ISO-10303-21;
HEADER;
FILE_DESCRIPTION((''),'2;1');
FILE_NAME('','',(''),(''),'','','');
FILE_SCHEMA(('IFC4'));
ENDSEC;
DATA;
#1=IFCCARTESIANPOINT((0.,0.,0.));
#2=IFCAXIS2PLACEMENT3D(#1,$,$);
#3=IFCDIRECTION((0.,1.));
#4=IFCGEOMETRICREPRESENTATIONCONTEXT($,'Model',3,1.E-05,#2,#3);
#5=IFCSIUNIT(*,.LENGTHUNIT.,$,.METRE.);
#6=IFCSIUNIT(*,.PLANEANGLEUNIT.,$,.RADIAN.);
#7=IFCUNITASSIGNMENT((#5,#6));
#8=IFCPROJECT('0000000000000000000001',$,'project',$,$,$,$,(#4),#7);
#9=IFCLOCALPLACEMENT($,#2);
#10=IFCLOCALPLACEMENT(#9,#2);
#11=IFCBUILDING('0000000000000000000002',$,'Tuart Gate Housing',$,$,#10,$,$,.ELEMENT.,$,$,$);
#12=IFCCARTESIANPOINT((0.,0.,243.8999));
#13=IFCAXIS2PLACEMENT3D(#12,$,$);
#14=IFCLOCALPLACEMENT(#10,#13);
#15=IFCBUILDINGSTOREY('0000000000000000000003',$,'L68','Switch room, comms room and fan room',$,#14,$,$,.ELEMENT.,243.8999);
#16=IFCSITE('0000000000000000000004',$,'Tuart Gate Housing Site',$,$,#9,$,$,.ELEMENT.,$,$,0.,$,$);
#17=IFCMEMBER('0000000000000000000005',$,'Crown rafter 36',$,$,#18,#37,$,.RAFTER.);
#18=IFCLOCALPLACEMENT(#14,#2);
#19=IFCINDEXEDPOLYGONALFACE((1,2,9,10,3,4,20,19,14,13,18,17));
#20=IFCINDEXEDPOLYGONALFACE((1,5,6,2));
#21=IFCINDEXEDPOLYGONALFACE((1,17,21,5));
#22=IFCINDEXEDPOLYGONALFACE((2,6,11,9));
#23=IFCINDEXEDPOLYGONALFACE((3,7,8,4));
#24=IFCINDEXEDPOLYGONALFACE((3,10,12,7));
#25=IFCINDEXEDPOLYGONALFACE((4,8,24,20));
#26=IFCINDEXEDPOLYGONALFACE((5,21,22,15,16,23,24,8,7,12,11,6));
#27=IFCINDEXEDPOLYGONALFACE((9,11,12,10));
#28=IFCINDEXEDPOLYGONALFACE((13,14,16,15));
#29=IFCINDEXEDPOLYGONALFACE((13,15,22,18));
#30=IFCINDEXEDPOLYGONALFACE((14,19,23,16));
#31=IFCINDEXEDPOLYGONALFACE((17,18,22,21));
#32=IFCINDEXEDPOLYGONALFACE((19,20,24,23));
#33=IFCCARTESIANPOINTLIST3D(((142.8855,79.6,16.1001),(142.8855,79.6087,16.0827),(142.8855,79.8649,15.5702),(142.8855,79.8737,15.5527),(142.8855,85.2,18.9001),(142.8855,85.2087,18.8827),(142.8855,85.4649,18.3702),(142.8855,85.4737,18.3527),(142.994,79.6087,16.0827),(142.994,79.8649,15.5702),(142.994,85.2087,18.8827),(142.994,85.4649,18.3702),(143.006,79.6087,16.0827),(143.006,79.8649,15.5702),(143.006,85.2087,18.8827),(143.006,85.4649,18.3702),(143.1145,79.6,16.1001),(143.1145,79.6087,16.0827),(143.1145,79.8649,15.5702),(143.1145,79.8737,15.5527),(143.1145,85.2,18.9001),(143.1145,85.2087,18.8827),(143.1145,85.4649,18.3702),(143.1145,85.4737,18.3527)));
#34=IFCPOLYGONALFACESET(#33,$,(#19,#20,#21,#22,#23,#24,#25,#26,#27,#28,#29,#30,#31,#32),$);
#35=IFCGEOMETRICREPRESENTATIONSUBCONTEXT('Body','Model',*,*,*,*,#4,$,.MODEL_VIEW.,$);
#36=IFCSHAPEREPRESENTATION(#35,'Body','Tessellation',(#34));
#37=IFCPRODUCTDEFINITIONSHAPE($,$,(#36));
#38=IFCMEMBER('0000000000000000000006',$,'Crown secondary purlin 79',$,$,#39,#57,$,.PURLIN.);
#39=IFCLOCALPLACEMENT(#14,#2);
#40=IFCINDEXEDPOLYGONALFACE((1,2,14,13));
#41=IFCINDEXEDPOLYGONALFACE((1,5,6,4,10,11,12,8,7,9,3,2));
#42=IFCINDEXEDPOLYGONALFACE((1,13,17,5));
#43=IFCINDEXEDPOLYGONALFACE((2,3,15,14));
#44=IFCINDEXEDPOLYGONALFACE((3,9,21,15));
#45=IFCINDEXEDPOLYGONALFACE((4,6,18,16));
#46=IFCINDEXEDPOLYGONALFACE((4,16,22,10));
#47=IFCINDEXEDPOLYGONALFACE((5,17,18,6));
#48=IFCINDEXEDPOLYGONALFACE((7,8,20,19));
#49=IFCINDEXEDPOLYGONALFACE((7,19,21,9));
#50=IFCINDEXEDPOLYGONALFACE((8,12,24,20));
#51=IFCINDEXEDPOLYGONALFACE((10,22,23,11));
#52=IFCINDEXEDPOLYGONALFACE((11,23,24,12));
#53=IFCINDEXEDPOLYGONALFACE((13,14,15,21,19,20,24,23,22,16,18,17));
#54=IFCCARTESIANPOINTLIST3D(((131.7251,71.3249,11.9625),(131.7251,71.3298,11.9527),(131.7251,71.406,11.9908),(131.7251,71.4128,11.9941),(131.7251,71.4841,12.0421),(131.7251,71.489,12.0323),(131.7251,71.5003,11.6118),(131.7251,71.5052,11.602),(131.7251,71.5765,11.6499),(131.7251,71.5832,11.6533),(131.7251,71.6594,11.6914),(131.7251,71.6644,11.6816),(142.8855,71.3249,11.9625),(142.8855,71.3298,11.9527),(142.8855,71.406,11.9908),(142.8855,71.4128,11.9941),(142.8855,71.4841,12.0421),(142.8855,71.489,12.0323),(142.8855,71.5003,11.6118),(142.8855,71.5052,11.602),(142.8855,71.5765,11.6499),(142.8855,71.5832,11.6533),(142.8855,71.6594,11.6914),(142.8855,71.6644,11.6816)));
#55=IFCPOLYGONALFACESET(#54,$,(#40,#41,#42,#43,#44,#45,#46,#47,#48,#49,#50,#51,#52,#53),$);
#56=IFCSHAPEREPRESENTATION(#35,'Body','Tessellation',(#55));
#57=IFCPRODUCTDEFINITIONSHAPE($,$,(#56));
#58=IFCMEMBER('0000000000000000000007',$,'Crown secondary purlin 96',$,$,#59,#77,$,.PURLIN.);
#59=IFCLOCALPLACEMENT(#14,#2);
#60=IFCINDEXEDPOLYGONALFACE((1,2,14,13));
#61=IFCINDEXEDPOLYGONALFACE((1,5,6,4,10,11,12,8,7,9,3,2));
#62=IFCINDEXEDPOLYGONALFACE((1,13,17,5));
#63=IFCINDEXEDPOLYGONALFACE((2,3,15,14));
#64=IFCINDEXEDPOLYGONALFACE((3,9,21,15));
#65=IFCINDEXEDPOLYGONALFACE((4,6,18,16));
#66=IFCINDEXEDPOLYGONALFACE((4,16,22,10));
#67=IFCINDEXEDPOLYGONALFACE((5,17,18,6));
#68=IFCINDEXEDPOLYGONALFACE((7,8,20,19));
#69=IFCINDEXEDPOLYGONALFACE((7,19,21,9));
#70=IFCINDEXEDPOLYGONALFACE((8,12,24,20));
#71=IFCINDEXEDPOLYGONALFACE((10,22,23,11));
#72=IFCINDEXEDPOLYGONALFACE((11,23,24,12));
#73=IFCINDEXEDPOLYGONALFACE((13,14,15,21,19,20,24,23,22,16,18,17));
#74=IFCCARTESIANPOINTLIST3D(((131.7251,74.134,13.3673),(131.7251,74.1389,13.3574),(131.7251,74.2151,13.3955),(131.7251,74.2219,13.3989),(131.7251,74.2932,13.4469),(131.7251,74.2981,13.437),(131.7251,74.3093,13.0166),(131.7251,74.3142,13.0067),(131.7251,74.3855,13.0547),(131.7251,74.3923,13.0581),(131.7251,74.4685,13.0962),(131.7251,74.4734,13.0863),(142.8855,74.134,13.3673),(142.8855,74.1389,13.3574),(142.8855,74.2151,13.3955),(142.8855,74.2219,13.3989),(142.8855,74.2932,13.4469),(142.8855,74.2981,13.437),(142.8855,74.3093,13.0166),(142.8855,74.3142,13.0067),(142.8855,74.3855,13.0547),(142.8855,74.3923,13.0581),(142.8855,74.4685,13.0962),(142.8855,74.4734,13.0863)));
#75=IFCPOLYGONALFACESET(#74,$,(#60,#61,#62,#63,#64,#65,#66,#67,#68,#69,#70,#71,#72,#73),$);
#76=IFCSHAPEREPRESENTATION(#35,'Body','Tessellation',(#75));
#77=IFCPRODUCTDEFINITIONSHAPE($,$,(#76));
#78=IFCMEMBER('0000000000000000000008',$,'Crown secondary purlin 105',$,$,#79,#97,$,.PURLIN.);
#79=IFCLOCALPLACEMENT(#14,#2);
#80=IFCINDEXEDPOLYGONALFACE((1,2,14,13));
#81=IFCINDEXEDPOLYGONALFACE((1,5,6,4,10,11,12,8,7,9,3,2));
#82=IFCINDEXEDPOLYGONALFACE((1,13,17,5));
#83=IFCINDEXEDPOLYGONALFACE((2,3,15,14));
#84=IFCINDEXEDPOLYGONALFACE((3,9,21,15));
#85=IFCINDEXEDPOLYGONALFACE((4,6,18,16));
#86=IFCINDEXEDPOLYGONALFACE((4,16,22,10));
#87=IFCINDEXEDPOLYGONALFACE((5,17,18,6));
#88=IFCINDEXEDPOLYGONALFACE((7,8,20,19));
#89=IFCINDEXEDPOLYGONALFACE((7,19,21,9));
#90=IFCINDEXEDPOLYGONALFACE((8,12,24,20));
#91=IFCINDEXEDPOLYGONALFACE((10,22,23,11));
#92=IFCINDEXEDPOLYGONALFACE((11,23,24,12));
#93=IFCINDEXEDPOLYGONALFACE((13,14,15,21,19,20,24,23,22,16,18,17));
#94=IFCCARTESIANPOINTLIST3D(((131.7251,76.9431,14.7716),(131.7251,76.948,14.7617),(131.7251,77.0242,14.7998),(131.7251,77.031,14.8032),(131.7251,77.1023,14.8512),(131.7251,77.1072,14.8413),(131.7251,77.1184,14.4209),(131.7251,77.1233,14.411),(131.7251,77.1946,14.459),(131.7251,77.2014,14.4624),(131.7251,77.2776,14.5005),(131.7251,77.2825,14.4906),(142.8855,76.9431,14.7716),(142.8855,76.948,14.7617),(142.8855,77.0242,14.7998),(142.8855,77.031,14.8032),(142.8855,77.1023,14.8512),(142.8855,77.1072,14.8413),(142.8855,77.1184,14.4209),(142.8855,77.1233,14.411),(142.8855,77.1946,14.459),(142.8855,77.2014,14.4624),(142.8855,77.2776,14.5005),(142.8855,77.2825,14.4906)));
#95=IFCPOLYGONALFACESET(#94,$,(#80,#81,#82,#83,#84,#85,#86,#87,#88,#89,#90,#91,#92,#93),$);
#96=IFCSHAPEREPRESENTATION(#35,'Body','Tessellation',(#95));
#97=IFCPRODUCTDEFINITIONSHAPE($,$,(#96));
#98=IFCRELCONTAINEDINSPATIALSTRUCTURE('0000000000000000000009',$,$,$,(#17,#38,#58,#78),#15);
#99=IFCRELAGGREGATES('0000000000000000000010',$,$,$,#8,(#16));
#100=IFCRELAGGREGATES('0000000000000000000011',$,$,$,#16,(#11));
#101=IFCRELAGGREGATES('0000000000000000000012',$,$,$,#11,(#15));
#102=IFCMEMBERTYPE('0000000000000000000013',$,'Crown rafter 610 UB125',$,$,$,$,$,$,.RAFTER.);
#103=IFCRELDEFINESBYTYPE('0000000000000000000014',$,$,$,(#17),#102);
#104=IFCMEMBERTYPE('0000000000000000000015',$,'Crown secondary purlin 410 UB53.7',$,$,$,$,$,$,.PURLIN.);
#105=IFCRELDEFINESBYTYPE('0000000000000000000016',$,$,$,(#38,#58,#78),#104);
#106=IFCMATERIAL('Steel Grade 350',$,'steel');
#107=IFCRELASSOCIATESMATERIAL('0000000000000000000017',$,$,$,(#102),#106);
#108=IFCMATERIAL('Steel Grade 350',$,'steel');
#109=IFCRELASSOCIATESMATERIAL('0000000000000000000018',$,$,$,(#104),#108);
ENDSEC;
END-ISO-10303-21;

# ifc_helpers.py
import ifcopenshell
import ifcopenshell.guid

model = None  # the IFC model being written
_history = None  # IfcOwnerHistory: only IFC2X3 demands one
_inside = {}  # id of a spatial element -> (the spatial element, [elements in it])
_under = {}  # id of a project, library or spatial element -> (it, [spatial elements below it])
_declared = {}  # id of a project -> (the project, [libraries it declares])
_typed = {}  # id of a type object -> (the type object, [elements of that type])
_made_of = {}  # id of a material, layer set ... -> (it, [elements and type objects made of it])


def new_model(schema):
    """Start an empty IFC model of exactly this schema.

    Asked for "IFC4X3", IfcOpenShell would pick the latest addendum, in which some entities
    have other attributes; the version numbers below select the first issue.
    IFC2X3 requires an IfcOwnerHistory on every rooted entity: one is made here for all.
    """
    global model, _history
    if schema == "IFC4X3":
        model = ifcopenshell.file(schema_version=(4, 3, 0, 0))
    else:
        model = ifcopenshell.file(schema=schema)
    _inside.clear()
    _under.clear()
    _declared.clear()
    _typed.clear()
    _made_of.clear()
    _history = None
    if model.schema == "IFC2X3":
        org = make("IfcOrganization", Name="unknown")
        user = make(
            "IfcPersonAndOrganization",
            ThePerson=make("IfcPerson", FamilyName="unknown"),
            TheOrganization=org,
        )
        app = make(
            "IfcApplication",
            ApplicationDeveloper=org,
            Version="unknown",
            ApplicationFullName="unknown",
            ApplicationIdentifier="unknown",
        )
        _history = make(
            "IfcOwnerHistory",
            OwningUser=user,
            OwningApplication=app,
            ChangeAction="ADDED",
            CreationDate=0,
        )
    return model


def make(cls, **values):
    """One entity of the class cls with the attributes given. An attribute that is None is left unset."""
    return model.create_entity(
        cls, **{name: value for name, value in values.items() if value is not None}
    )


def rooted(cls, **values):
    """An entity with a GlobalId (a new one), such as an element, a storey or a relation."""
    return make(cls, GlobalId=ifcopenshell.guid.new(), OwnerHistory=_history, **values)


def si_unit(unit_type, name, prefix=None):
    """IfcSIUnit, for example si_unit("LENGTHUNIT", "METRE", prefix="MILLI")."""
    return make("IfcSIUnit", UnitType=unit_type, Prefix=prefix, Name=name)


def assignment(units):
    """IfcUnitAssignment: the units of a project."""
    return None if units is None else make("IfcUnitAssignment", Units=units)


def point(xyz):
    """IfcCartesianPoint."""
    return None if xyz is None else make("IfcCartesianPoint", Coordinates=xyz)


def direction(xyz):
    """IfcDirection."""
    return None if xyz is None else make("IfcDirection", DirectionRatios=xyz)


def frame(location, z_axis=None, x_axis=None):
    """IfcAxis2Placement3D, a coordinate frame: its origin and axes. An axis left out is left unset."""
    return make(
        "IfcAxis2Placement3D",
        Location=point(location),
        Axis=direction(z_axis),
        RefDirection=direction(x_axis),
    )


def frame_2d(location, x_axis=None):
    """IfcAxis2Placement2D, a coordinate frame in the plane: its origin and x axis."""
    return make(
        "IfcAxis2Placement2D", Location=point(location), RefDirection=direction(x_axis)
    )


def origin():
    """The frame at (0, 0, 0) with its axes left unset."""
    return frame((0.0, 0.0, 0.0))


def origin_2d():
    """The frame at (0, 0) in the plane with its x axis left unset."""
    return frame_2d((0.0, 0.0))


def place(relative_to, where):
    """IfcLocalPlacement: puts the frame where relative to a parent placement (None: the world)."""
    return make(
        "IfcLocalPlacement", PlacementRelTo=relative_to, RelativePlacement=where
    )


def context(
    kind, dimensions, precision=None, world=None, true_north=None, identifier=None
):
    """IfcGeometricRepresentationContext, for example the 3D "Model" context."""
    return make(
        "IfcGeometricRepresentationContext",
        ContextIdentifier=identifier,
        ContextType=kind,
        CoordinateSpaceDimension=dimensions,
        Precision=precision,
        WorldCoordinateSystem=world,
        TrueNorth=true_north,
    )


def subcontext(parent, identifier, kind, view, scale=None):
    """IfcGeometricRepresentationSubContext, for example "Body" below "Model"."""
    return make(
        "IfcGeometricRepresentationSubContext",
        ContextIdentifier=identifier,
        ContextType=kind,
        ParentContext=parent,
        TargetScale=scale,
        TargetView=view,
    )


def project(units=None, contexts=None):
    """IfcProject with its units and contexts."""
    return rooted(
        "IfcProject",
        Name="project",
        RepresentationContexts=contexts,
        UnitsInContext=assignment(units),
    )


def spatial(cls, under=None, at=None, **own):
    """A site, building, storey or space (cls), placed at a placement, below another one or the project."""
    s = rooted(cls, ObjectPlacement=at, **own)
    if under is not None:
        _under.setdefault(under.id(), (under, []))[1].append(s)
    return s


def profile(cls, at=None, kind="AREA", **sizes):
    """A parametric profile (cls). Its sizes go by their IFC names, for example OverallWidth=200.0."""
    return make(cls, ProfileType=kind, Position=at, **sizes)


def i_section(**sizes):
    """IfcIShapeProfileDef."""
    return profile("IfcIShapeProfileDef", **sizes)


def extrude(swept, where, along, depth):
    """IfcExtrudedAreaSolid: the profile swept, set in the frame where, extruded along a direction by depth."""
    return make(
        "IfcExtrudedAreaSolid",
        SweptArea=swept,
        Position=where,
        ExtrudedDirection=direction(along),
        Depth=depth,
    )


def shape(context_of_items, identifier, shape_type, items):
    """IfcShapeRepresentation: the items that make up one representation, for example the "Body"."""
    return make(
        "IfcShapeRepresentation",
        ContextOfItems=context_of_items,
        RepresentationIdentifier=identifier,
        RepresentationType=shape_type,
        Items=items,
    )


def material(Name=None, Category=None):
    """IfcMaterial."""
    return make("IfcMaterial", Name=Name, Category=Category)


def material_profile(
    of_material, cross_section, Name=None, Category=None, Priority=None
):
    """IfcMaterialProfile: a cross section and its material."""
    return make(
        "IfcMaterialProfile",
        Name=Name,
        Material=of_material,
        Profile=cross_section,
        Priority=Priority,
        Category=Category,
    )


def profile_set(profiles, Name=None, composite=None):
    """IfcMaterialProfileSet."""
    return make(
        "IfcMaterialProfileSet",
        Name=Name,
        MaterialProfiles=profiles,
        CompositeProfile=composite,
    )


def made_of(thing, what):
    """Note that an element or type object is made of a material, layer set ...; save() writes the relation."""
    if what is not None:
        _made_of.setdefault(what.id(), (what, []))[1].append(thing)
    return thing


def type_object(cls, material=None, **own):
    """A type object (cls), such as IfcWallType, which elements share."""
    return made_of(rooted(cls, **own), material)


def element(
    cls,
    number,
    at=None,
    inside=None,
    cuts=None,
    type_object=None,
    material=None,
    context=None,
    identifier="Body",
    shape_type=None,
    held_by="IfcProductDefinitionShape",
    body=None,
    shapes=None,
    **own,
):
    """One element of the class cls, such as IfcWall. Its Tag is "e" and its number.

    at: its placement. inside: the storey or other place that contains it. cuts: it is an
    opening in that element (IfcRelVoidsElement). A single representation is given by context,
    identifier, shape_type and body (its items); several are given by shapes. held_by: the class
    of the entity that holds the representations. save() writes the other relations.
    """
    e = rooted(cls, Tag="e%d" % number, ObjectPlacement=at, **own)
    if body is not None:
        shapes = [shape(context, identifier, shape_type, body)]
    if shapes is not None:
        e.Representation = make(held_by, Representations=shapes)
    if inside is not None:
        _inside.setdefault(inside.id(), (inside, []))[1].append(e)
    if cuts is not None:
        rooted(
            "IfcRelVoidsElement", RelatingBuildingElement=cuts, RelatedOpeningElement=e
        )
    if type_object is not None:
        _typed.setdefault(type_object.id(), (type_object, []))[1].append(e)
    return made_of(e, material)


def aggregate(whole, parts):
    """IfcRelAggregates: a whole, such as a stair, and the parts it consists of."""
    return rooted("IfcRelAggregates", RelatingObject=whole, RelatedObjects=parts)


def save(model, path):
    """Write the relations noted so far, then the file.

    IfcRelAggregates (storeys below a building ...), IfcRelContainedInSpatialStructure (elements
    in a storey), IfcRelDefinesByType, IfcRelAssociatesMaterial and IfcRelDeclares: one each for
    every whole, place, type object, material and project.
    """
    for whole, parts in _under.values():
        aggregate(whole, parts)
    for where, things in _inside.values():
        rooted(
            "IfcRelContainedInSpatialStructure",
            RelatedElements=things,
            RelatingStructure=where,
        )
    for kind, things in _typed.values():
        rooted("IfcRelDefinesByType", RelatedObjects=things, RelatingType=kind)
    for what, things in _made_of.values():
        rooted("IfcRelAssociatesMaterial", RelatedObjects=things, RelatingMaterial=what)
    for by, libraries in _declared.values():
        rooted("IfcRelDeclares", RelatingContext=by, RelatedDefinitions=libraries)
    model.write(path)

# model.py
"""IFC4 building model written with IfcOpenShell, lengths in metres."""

from ifc_helpers import new_model, si_unit, direction, frame, origin, origin_2d, place, context, subcontext, project, spatial, i_section, extrude, material, material_profile, profile_set, type_object, element, save


model = new_model("IFC4")

# Units and contexts
model_context = context("Model", 3, precision=1e-05, world=origin(), true_north=direction((0.0, 1.0)))
body_context = subcontext(model_context, "Body", "Model", "MODEL_VIEW")
ifc_project = project(units=[si_unit("LENGTHUNIT", "METRE"), si_unit("PLANEANGLEUNIT", "RADIAN")], contexts=[model_context])

# Site, building, storey
site_placement = place(None, origin())
site = spatial("IfcSite", under=ifc_project, at=site_placement, Name="Tuart Gate Housing Site", CompositionType="ELEMENT", RefElevation=0.0)
building_placement = place(site_placement, origin())
building = spatial("IfcBuilding", under=site, at=building_placement, Name="Tuart Gate Housing", CompositionType="ELEMENT")
storey_placement = place(building_placement, frame((0.0, 0.0, 243.8999)))
storey = spatial("IfcBuildingStorey", under=building, at=storey_placement, Name="L68", Description="Switch room, comms room and fan room", CompositionType="ELEMENT", Elevation=243.8999)

# Members
ifc_material_1 = material(Name="Steel Grade 350", Category="steel")
ifc_material_profile_1 = material_profile(ifc_material_1, i_section(OverallWidth=0.229, OverallDepth=0.6121, WebThickness=0.012, FlangeThickness=0.0195, at=origin_2d()), Name="610UB125")
ifc_profile_set_1 = profile_set([ifc_material_profile_1], Name="Steel Grade 350")
member_type_1 = type_object("IfcMemberType", Name="Crown rafter 610 UB125", PredefinedType="RAFTER", material=ifc_profile_set_1)
member_placement = place(storey_placement, frame((143.0, 79.7368, 15.8264), z_axis=(0.0, 0.894427, 0.447214), x_axis=(-1.0, 0.0, 0.0)))
element("IfcMember", 1, at=member_placement, inside=storey, type_object=member_type_1, Name="Crown rafter 36", PredefinedType="RAFTER", context=body_context, shape_type="SweptSolid", body=[
    extrude(i_section(OverallWidth=0.229, OverallDepth=0.6121, WebThickness=0.012, FlangeThickness=0.0195, at=origin_2d()), origin(), (0.0, 0.0, 1.0), 6.261),
])
ifc_material_2 = material(Name="Steel Grade 350", Category="steel")
ifc_material_profile_2 = material_profile(ifc_material_2, i_section(OverallWidth=0.178, OverallDepth=0.4031, WebThickness=0.0076, FlangeThickness=0.011, at=origin_2d()), Name="410UB53.7")
ifc_profile_set_2 = profile_set([ifc_material_profile_2], Name="Steel Grade 350")
member_type_2 = type_object("IfcMemberType", Name="Crown secondary purlin 410 UB53.7", PredefinedType="PURLIN", material=ifc_profile_set_2)
for number, where, z_axis, x_axis, name in (
    (2, (131.7251, 71.4946, 11.822), (1.0, 0.0, 0.0), (0.0, 0.894427, 0.447214), "Crown secondary purlin 79"),
    (3, (131.7251, 74.3037, 13.2268), (1.0, 0.0, 0.0), (0.0, 0.894427, 0.447214), "Crown secondary purlin 96"),
    (4, (131.7251, 77.1128, 14.6311), (1.0, 0.0, 0.0), (0.0, 0.894427, 0.447214), "Crown secondary purlin 105"),
):
    element("IfcMember", number, at=place(storey_placement, frame(where, z_axis=z_axis, x_axis=x_axis)), inside=storey, type_object=member_type_2, Name=name, PredefinedType="PURLIN", context=body_context, shape_type="SweptSolid", body=[
        extrude(i_section(OverallWidth=0.178, OverallDepth=0.4031, WebThickness=0.0076, FlangeThickness=0.011, at=origin_2d()), origin(), (0.0, 0.0, 1.0), 11.1604),
    ])

save(model, "model.ifc")
